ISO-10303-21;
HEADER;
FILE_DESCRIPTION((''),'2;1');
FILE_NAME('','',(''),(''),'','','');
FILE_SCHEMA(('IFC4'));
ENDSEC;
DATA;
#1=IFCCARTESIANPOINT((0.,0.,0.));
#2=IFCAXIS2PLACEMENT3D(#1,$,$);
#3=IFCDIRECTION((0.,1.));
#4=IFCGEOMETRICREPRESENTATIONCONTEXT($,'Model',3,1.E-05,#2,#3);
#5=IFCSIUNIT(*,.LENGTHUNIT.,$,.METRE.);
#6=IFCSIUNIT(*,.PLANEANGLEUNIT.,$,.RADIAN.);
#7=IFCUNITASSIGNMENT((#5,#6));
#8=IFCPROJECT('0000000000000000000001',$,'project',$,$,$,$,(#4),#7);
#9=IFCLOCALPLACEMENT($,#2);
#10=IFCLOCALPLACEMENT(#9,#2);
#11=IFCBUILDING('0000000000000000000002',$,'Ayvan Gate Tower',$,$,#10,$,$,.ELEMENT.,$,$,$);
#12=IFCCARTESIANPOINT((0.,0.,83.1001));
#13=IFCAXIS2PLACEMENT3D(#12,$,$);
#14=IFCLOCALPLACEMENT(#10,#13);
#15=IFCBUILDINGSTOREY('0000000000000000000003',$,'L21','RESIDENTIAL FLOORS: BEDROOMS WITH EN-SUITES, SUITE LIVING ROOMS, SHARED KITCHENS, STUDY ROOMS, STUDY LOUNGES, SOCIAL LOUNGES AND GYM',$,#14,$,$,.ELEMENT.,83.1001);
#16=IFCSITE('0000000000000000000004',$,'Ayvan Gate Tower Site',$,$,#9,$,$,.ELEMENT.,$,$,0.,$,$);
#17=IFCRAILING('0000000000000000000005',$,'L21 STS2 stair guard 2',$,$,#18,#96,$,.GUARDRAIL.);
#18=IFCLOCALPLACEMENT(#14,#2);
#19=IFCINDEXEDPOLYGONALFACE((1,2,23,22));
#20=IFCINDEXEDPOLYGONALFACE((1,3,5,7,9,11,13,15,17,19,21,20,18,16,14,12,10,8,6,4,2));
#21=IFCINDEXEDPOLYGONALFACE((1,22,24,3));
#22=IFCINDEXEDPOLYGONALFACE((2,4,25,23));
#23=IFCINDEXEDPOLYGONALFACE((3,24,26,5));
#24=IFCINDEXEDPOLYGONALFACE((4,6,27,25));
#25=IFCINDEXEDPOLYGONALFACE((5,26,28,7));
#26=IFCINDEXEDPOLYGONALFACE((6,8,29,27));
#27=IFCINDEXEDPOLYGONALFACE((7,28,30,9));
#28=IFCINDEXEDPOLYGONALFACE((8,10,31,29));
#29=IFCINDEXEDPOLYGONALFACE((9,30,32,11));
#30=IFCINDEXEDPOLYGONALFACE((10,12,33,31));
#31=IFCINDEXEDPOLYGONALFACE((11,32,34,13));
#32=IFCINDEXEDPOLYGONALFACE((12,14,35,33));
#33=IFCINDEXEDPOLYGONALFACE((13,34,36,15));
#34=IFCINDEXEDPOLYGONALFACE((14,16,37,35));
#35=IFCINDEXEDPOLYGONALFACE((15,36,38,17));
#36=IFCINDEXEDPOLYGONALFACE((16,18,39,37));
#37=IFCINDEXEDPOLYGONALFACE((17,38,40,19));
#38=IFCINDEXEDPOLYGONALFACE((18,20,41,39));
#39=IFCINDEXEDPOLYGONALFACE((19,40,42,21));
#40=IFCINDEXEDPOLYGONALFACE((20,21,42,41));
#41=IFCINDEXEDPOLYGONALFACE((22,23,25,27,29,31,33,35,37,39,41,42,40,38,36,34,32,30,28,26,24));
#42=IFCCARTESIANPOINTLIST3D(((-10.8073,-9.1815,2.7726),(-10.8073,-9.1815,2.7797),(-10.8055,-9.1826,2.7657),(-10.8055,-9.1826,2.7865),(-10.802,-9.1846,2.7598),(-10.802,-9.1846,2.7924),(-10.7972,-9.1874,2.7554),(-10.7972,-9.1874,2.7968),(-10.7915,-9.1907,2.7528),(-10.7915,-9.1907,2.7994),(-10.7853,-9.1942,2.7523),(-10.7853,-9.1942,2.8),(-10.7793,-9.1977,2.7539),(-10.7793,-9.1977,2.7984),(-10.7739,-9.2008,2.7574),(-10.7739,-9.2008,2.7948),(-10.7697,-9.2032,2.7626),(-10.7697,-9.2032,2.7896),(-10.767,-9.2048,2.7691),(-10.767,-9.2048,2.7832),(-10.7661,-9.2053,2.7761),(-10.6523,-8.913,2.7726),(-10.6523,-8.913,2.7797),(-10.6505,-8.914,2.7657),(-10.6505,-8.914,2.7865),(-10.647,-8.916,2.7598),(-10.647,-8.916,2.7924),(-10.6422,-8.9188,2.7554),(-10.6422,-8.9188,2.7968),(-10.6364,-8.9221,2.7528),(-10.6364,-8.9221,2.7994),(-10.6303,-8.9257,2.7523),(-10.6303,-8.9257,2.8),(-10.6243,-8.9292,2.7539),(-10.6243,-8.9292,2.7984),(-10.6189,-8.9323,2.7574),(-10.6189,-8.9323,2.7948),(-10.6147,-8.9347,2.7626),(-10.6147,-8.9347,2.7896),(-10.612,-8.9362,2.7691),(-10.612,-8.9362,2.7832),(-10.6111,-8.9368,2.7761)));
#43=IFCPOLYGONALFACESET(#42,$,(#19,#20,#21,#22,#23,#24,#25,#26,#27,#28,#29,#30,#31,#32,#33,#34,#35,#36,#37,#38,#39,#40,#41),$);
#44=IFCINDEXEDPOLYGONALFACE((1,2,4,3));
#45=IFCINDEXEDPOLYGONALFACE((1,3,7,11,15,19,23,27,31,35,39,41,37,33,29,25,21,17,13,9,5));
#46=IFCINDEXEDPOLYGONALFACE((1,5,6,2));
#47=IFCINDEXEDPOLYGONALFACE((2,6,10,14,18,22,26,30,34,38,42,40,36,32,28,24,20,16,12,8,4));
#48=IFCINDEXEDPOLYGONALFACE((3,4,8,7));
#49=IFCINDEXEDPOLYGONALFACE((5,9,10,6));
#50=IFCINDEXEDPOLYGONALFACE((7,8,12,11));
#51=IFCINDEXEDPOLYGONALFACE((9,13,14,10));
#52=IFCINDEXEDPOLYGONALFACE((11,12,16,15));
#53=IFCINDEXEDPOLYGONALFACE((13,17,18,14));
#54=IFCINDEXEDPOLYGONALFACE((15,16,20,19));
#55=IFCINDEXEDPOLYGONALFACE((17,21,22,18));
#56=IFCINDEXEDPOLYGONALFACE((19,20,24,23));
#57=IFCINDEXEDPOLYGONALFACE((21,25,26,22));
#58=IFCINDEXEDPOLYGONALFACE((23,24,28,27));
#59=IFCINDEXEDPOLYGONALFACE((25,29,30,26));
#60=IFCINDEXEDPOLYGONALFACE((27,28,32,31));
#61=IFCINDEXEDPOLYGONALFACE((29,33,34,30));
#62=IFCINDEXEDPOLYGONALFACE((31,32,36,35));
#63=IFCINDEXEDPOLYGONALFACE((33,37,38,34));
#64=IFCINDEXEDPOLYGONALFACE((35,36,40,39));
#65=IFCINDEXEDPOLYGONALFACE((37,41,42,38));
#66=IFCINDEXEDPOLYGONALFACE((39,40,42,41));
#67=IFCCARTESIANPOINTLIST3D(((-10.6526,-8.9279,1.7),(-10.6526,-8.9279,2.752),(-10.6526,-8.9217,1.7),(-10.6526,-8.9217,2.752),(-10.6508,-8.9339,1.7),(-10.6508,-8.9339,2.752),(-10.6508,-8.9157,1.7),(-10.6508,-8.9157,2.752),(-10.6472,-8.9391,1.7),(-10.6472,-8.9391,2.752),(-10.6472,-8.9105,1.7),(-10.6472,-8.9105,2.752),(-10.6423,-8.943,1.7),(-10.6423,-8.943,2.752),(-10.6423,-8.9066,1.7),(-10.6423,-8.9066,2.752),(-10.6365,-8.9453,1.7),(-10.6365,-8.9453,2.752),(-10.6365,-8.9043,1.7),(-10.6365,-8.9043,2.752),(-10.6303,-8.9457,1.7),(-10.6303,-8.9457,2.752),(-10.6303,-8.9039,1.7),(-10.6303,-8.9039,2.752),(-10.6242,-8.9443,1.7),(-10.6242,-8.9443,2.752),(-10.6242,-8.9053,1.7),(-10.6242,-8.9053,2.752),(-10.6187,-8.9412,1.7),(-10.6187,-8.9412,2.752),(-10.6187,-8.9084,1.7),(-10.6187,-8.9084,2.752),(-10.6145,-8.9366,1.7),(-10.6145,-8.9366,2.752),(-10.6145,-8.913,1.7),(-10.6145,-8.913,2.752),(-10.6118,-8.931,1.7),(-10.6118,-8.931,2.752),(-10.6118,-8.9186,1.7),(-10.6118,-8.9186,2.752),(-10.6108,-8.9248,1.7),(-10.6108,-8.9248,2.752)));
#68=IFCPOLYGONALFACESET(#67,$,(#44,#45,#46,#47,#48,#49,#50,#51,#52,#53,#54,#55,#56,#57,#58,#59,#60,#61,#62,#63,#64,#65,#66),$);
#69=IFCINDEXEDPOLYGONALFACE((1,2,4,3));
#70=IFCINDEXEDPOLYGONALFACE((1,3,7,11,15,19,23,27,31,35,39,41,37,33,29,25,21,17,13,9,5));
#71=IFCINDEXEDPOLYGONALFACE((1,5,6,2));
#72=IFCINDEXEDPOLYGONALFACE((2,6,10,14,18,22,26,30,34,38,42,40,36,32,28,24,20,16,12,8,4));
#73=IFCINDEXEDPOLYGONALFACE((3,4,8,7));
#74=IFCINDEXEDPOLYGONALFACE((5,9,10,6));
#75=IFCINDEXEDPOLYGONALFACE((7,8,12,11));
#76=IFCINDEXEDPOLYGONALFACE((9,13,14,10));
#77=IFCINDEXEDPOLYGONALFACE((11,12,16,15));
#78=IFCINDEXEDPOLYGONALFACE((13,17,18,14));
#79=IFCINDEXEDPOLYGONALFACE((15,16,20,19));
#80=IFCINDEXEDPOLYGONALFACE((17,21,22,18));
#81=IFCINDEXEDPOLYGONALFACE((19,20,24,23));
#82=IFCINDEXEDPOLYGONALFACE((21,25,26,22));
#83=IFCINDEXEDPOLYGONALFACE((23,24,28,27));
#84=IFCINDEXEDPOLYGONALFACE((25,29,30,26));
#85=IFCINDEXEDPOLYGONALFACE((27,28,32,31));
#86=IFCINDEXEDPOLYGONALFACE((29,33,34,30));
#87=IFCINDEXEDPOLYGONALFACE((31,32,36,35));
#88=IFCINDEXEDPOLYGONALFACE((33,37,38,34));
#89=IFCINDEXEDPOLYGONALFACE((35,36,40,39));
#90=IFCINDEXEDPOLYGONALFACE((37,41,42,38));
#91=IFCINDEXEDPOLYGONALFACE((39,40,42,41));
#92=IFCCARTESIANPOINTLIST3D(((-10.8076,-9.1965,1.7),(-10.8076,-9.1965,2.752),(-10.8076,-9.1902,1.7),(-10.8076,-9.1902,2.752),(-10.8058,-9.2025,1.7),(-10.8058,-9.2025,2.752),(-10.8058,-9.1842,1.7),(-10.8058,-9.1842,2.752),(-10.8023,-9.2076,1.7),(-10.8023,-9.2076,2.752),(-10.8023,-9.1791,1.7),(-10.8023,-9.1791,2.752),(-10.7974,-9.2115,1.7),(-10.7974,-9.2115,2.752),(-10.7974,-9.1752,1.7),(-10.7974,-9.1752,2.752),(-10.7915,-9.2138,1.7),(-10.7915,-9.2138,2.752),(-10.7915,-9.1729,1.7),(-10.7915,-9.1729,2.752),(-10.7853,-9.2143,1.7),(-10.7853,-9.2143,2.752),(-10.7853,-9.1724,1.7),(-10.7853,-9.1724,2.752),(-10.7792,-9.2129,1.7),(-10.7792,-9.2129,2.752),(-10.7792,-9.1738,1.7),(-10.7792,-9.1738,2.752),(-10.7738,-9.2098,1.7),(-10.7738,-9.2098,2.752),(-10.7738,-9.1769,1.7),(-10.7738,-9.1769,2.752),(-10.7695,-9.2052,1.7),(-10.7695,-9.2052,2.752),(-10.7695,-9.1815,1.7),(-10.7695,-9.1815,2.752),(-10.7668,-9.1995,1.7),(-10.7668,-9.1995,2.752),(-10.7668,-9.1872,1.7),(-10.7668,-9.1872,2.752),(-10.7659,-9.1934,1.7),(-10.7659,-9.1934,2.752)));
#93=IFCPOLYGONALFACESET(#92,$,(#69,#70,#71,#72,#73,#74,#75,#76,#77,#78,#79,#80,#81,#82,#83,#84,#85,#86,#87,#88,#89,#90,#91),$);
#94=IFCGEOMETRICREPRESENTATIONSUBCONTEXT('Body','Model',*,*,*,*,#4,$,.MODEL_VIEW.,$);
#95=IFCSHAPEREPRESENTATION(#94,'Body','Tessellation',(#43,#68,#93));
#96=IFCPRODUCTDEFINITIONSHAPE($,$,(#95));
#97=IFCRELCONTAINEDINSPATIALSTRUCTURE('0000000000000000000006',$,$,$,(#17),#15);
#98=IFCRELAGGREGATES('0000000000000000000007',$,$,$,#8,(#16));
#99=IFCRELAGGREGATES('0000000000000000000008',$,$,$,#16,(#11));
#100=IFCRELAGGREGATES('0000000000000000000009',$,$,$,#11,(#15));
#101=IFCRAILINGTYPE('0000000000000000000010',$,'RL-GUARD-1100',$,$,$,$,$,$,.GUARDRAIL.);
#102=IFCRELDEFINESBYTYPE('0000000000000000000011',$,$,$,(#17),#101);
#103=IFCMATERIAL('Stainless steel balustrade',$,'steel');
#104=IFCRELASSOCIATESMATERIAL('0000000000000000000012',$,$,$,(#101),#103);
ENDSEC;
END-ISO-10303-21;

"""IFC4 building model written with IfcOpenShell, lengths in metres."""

from ifc_helpers import new_model, si_unit, direction, frame, origin, origin_2d, place, context, subcontext, project, spatial, circle, extrude, material, type_object, element, save


model = new_model("IFC4")

# Units and contexts
model_context = context("Model", 3, precision=1e-05, world=origin(), true_north=direction((0.0, 1.0)))
body_context = subcontext(model_context, "Body", "Model", "MODEL_VIEW")
ifc_project = project(units=[si_unit("LENGTHUNIT", "METRE"), si_unit("PLANEANGLEUNIT", "RADIAN")], contexts=[model_context])

# Site, building, storey
site_placement = place(None, origin())
site = spatial("IfcSite", under=ifc_project, at=site_placement, Name="Ayvan Gate Tower Site", CompositionType="ELEMENT", RefElevation=0.0)
building_placement = place(site_placement, origin())
building = spatial("IfcBuilding", under=site, at=building_placement, Name="Ayvan Gate Tower", CompositionType="ELEMENT")
storey_placement = place(building_placement, frame((0.0, 0.0, 83.1001)))
storey = spatial("IfcBuildingStorey", under=building, at=storey_placement, Name="L21", Description="RESIDENTIAL FLOORS: BEDROOMS WITH EN-SUITES, SUITE LIVING ROOMS, SHARED KITCHENS, STUDY ROOMS, STUDY LOUNGES, SOCIAL LOUNGES AND GYM", CompositionType="ELEMENT", Elevation=83.1001)

# Railing
ifc_material_1 = material(Name="Stainless steel balustrade", Category="steel")
railing_type_1 = type_object("IfcRailingType", Name="RL-GUARD-1100", PredefinedType="GUARDRAIL", material=ifc_material_1)
railing_1_placement = place(storey_placement, frame((-10.6318, -8.9248, 1.7)))
element("IfcRailing", 1, at=railing_1_placement, inside=storey, type_object=railing_type_1, Name="L21 STS2 stair guard 2", PredefinedType="GUARDRAIL", context=body_context, shape_type="SweptSolid", body=[
    extrude(circle(Radius=0.0239, at=origin_2d()), frame((0.0, 0.0, 1.0762), z_axis=(-0.49995, -0.866054, 0.0), x_axis=(0.866054, -0.49995, 0.0)), (0.0, 0.0, 1.0), 0.3101),
    extrude(circle(Radius=0.021, at=origin_2d()), origin(), (0.0, 0.0, 1.0), 1.052),
    extrude(circle(Radius=0.021, at=origin_2d()), frame((-0.155, -0.2686, 0.0)), (0.0, 0.0, 1.0), 1.052),
])

save(model, "model.ifc")
